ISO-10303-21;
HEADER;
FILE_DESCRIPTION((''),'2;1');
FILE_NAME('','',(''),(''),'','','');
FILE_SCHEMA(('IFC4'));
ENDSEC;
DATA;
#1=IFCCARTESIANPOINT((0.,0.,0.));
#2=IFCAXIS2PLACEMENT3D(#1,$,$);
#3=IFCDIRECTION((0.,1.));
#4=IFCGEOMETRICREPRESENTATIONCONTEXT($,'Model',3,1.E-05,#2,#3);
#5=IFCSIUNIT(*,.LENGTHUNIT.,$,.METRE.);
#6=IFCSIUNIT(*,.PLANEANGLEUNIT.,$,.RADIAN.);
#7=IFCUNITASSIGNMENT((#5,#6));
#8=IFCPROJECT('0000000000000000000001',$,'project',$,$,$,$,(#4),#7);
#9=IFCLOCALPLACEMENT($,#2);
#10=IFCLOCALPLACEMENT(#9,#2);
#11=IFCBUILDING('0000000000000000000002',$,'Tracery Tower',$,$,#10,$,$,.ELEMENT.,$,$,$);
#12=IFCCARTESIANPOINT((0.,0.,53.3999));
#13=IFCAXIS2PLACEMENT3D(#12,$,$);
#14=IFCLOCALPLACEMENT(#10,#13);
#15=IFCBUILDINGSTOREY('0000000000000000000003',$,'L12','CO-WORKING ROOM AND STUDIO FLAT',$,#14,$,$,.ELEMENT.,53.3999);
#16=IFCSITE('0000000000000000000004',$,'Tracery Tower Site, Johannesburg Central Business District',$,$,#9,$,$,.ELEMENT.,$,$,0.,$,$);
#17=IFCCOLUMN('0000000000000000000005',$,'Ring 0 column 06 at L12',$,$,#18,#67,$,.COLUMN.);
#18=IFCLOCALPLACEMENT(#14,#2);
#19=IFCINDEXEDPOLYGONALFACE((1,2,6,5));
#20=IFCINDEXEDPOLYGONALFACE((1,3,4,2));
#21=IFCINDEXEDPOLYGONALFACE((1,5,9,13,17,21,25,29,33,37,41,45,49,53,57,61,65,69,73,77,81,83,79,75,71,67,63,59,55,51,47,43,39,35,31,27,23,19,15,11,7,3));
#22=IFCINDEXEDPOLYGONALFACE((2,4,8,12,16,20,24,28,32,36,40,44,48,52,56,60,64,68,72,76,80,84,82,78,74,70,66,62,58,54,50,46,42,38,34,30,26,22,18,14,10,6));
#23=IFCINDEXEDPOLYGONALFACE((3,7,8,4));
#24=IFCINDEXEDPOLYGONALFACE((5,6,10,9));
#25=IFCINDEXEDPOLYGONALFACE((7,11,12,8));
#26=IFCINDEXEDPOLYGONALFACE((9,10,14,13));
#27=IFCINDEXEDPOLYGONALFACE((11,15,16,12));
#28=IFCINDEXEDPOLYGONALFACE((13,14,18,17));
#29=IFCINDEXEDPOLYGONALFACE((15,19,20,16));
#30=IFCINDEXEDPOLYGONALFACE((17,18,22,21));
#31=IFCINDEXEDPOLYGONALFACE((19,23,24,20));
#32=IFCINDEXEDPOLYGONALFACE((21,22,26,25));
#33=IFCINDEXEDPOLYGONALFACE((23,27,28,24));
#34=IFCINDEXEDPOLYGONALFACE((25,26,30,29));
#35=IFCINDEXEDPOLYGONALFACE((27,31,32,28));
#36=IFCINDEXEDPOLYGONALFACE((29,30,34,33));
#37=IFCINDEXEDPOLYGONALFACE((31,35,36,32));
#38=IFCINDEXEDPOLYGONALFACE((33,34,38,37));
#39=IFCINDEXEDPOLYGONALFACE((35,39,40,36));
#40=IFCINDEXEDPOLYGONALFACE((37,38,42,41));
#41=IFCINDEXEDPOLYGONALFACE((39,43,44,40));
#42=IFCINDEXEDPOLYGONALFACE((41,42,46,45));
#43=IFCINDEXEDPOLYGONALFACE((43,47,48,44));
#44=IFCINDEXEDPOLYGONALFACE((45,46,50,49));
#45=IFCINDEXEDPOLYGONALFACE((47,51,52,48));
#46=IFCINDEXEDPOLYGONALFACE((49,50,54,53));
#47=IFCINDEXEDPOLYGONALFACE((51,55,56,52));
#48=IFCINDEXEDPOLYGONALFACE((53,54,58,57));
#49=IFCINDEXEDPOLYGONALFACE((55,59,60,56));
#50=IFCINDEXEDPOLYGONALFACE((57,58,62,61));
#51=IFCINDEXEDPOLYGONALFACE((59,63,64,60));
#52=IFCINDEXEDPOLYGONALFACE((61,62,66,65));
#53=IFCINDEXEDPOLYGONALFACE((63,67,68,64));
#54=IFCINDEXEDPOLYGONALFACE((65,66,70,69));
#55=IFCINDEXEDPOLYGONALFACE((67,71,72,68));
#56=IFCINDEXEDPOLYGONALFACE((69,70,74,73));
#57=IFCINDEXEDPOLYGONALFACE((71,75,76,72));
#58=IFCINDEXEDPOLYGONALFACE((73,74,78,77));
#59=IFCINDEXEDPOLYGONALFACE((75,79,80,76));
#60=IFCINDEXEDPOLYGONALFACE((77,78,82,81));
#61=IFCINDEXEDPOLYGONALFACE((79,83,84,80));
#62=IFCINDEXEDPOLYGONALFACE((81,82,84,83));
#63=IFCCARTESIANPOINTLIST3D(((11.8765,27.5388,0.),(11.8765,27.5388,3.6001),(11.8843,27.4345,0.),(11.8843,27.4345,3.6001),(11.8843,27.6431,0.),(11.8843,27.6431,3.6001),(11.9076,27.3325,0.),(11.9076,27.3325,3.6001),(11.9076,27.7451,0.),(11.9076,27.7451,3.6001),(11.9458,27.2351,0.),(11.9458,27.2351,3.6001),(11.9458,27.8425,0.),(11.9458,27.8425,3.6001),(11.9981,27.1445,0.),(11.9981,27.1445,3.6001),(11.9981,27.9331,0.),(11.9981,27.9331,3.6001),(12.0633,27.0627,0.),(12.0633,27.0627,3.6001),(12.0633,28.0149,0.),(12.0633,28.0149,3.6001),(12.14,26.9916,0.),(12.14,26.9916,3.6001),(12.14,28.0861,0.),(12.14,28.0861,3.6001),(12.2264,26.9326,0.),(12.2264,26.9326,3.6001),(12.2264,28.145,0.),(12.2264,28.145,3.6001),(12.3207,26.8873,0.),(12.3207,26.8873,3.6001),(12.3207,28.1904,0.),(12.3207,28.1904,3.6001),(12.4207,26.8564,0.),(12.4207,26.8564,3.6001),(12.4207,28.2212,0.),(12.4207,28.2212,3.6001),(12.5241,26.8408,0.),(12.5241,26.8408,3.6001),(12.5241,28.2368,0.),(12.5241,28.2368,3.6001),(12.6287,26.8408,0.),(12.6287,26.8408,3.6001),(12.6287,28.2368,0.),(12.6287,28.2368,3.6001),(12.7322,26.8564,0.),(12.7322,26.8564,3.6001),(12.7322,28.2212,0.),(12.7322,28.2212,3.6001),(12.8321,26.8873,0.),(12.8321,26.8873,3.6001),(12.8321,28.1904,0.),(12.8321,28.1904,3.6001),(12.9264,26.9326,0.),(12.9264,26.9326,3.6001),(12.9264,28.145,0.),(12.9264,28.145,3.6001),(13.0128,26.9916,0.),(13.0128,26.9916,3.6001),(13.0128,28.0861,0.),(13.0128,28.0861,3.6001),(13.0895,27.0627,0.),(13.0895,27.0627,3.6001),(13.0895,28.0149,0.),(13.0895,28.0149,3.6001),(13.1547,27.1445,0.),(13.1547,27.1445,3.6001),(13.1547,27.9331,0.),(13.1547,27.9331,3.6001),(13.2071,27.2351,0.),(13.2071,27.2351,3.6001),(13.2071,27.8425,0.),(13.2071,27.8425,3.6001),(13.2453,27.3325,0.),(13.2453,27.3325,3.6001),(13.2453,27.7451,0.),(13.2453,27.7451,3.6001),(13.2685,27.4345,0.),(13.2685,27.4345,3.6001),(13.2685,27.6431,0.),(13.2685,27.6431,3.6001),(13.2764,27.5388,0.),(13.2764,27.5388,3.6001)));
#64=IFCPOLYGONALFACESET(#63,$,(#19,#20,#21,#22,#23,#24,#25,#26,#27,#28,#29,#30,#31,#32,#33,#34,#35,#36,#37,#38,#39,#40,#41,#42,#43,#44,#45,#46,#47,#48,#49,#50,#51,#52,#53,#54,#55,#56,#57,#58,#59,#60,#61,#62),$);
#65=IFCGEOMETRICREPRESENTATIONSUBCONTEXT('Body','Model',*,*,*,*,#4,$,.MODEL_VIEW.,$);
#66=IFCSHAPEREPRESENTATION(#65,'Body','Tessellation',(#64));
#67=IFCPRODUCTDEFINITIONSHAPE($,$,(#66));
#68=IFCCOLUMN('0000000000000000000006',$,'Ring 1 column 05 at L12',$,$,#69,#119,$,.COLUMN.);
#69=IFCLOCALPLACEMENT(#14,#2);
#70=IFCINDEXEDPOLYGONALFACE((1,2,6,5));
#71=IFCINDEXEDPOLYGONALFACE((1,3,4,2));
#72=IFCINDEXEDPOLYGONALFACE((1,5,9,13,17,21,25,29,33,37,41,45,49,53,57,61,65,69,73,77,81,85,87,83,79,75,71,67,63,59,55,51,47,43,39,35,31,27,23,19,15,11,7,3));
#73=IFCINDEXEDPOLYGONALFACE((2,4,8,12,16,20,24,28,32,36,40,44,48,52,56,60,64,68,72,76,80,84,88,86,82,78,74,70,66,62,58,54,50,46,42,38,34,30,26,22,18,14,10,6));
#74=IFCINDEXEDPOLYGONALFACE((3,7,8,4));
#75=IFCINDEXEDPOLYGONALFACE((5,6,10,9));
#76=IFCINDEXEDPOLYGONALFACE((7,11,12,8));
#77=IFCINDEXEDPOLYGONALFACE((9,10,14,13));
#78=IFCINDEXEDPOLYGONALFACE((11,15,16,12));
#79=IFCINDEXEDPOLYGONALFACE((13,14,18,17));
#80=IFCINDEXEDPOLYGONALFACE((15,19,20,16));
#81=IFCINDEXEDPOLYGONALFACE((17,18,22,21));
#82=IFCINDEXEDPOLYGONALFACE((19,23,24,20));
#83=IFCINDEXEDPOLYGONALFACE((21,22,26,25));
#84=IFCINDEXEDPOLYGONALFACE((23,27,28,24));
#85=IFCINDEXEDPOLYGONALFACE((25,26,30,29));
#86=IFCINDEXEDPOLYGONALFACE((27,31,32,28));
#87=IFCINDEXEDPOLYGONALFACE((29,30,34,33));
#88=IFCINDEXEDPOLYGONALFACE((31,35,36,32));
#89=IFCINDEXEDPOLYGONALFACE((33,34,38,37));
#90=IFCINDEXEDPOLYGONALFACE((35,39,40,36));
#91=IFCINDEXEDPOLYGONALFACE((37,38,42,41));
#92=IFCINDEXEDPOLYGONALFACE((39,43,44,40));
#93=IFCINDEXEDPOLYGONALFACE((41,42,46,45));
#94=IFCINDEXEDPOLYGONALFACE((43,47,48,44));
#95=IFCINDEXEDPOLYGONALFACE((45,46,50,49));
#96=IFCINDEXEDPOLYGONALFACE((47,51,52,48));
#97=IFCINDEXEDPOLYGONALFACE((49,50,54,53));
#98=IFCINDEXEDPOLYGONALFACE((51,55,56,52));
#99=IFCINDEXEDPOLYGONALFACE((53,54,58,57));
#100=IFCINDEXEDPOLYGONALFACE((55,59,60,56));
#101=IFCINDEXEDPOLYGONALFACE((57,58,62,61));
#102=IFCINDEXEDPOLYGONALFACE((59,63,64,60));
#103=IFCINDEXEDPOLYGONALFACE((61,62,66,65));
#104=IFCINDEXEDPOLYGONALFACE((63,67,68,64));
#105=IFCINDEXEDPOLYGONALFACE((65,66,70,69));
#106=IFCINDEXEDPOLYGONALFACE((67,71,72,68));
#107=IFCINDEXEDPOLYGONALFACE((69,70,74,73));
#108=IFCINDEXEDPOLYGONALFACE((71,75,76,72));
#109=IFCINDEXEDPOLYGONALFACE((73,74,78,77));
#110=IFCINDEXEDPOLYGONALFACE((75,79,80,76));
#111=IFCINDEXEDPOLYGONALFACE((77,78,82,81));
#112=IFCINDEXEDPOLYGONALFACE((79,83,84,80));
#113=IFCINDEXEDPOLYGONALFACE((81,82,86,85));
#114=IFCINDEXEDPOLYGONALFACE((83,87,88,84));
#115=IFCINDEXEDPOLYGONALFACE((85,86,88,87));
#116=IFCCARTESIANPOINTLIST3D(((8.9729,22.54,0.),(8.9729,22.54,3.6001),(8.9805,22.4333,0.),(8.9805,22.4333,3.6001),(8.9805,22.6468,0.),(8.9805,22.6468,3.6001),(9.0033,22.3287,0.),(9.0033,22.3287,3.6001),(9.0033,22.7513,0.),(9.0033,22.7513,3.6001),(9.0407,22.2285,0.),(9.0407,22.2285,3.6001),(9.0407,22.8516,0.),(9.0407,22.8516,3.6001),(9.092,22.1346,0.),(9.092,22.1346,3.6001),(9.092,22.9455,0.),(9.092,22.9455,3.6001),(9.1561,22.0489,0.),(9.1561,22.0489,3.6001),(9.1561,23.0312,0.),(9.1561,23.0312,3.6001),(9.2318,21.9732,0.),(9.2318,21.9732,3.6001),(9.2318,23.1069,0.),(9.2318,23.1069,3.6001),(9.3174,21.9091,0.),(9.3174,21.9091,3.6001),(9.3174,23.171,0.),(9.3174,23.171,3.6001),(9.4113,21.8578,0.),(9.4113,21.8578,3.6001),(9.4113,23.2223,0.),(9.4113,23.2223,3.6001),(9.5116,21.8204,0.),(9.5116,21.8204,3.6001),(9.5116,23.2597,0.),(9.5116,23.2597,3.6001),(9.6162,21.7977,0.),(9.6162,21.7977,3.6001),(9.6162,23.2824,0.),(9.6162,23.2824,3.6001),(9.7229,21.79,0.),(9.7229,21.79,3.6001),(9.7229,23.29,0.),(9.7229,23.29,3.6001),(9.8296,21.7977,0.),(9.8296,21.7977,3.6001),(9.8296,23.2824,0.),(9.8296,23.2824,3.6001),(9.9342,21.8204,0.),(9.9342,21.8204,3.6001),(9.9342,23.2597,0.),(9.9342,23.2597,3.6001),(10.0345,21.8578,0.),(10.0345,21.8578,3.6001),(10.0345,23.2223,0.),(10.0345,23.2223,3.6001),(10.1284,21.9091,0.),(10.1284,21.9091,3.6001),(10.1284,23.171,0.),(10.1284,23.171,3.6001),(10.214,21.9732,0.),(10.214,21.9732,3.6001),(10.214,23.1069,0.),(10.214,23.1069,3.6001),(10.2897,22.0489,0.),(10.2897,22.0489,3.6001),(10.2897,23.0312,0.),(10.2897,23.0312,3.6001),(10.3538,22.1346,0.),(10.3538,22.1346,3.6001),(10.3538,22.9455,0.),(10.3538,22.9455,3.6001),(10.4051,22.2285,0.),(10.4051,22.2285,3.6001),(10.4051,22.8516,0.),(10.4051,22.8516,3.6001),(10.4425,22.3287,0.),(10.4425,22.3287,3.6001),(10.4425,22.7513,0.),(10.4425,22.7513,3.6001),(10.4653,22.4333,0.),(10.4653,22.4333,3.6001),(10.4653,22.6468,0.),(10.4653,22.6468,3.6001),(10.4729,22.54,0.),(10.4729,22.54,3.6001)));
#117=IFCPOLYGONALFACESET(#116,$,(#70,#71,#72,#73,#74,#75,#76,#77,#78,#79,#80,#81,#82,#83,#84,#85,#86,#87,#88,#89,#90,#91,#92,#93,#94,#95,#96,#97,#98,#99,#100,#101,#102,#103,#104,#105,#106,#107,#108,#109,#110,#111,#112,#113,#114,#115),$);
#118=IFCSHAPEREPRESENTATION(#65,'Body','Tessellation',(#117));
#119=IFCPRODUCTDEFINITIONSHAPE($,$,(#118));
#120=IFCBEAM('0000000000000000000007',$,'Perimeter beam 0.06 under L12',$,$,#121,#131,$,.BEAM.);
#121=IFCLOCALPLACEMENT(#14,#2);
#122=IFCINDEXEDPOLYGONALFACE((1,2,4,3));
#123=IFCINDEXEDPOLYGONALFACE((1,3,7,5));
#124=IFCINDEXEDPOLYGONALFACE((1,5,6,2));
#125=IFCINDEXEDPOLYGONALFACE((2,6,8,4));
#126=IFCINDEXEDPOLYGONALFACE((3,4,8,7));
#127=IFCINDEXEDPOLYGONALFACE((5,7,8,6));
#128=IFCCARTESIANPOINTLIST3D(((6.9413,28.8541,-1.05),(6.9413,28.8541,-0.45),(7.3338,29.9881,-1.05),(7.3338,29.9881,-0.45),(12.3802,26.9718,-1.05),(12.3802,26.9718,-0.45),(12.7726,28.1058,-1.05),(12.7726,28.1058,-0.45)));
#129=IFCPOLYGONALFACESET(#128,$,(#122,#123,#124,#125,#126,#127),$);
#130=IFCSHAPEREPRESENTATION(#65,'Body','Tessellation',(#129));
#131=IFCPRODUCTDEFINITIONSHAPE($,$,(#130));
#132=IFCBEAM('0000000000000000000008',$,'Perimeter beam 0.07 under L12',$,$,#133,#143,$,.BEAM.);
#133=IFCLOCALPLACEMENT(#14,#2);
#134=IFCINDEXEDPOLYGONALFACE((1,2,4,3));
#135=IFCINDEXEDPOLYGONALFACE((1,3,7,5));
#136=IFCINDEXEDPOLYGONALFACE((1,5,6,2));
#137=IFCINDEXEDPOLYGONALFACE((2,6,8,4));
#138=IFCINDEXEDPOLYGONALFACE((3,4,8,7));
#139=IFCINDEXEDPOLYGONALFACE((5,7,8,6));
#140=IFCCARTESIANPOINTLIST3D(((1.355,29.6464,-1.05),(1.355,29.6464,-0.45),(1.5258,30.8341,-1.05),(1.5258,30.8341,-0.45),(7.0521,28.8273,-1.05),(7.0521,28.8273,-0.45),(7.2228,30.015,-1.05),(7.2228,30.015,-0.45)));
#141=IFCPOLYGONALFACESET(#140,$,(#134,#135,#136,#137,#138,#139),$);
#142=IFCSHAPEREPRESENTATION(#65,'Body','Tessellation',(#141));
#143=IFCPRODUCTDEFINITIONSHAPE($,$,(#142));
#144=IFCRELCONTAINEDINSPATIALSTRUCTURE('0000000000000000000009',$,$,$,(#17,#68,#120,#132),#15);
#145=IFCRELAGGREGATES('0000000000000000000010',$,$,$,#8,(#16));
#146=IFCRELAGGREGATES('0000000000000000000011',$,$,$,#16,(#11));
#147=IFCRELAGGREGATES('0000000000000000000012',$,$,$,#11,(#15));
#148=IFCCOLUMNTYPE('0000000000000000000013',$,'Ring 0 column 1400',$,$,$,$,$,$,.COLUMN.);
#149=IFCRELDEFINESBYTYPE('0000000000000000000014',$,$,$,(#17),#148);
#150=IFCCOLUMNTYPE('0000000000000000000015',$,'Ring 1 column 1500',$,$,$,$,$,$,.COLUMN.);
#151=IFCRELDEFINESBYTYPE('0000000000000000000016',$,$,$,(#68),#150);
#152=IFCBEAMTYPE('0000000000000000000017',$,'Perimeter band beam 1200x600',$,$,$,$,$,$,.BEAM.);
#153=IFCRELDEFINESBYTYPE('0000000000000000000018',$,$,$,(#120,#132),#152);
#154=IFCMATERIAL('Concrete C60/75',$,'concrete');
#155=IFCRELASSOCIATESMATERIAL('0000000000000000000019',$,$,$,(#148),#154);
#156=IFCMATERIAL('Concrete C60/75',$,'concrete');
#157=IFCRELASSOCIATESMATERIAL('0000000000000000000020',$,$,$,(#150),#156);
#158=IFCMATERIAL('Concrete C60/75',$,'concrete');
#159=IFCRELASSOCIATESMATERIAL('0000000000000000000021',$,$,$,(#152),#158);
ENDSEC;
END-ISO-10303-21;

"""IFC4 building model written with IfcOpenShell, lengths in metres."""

from ifc_helpers import new_model, si_unit, direction, frame, origin, origin_2d, place, context, subcontext, project, spatial, rectangle, circle, extrude, material, material_profile, profile_set, type_object, element, save


model = new_model("IFC4")

# Units and contexts
model_context = context("Model", 3, precision=1e-05, world=origin(), true_north=direction((0.0, 1.0)))
body_context = subcontext(model_context, "Body", "Model", "MODEL_VIEW")
ifc_project = project(units=[si_unit("LENGTHUNIT", "METRE"), si_unit("PLANEANGLEUNIT", "RADIAN")], contexts=[model_context])

# Site, building, storey
site_placement = place(None, origin())
site = spatial("IfcSite", under=ifc_project, at=site_placement, Name="Tracery Tower Site, Johannesburg Central Business District", CompositionType="ELEMENT", RefElevation=0.0)
building_placement = place(site_placement, origin())
building = spatial("IfcBuilding", under=site, at=building_placement, Name="Tracery Tower", CompositionType="ELEMENT")
storey_placement = place(building_placement, frame((0.0, 0.0, 53.3999)))
storey = spatial("IfcBuildingStorey", under=building, at=storey_placement, Name="L12", Description="CO-WORKING ROOM AND STUDIO FLAT", CompositionType="ELEMENT", Elevation=53.3999)

# Columns
ifc_material_1 = material(Name="Concrete C60/75", Category="concrete")
ifc_material_profile_1 = material_profile(ifc_material_1, circle(Radius=0.7, at=origin_2d()), Name="RC D1400")
ifc_profile_set_1 = profile_set([ifc_material_profile_1], Name="Concrete C60/75")
column_type_1 = type_object("IfcColumnType", Name="Ring 0 column 1400", PredefinedType="COLUMN", material=ifc_profile_set_1)
column_1_placement = place(storey_placement, frame((12.5764, 27.5388, 0.0), z_axis=(0.0, 0.0, 1.0), x_axis=(1.0, 0.0, 0.0)))
element("IfcColumn", 1, at=column_1_placement, inside=storey, type_object=column_type_1, Name="Ring 0 column 06 at L12", PredefinedType="COLUMN", context=body_context, shape_type="SweptSolid", body=[
    extrude(circle(Radius=0.7, at=origin_2d()), origin(), (0.0, 0.0, 1.0), 3.6001),
])
ifc_material_2 = material(Name="Concrete C60/75", Category="concrete")
ifc_material_profile_2 = material_profile(ifc_material_2, circle(Radius=0.75, at=origin_2d()), Name="RC D1500")
ifc_profile_set_2 = profile_set([ifc_material_profile_2], Name="Concrete C60/75")
column_type_2 = type_object("IfcColumnType", Name="Ring 1 column 1500", PredefinedType="COLUMN", material=ifc_profile_set_2)
column_2_placement = place(storey_placement, frame((9.7229, 22.54, 0.0), z_axis=(0.0, 0.0, 1.0), x_axis=(1.0, 0.0, 0.0)))
element("IfcColumn", 2, at=column_2_placement, inside=storey, type_object=column_type_2, Name="Ring 1 column 05 at L12", PredefinedType="COLUMN", context=body_context, shape_type="SweptSolid", body=[
    extrude(circle(Radius=0.75, at=origin_2d()), origin(), (0.0, 0.0, 1.0), 3.6001),
])

# Beams
ifc_material_3 = material(Name="Concrete C60/75", Category="concrete")
ifc_material_profile_3 = material_profile(ifc_material_3, rectangle(XDim=1.2, YDim=0.6001, at=origin_2d()), Name="RC 1200x600")
ifc_profile_set_3 = profile_set([ifc_material_profile_3], Name="Concrete C60/75")
beam_type = type_object("IfcBeamType", Name="Perimeter band beam 1200x600", PredefinedType="BEAM", material=ifc_profile_set_3)
beam_1_placement = place(storey_placement, frame((12.5764, 27.5388, -0.75), z_axis=(-0.945007, 0.327049, 0.0), x_axis=(-0.327049, -0.945007, 0.0)))
element("IfcBeam", 3, at=beam_1_placement, inside=storey, type_object=beam_type, Name="Perimeter beam 0.06 under L12", PredefinedType="BEAM", context=body_context, shape_type="SweptSolid", body=[
    extrude(rectangle(XDim=1.2, YDim=0.6001, at=origin_2d()), origin(), (0.0, 0.0, 1.0), 5.7554),
])
beam_2_placement = place(storey_placement, frame((7.1375, 29.4211, -0.75), z_axis=(-0.989822, 0.142312, 0.0), x_axis=(-0.142312, -0.989822, 0.0)))
element("IfcBeam", 4, at=beam_2_placement, inside=storey, type_object=beam_type, Name="Perimeter beam 0.07 under L12", PredefinedType="BEAM", context=body_context, shape_type="SweptSolid", body=[
    extrude(rectangle(XDim=1.2, YDim=0.6001, at=origin_2d()), origin(), (0.0, 0.0, 1.0), 5.7556),
])

save(model, "model.ifc")
